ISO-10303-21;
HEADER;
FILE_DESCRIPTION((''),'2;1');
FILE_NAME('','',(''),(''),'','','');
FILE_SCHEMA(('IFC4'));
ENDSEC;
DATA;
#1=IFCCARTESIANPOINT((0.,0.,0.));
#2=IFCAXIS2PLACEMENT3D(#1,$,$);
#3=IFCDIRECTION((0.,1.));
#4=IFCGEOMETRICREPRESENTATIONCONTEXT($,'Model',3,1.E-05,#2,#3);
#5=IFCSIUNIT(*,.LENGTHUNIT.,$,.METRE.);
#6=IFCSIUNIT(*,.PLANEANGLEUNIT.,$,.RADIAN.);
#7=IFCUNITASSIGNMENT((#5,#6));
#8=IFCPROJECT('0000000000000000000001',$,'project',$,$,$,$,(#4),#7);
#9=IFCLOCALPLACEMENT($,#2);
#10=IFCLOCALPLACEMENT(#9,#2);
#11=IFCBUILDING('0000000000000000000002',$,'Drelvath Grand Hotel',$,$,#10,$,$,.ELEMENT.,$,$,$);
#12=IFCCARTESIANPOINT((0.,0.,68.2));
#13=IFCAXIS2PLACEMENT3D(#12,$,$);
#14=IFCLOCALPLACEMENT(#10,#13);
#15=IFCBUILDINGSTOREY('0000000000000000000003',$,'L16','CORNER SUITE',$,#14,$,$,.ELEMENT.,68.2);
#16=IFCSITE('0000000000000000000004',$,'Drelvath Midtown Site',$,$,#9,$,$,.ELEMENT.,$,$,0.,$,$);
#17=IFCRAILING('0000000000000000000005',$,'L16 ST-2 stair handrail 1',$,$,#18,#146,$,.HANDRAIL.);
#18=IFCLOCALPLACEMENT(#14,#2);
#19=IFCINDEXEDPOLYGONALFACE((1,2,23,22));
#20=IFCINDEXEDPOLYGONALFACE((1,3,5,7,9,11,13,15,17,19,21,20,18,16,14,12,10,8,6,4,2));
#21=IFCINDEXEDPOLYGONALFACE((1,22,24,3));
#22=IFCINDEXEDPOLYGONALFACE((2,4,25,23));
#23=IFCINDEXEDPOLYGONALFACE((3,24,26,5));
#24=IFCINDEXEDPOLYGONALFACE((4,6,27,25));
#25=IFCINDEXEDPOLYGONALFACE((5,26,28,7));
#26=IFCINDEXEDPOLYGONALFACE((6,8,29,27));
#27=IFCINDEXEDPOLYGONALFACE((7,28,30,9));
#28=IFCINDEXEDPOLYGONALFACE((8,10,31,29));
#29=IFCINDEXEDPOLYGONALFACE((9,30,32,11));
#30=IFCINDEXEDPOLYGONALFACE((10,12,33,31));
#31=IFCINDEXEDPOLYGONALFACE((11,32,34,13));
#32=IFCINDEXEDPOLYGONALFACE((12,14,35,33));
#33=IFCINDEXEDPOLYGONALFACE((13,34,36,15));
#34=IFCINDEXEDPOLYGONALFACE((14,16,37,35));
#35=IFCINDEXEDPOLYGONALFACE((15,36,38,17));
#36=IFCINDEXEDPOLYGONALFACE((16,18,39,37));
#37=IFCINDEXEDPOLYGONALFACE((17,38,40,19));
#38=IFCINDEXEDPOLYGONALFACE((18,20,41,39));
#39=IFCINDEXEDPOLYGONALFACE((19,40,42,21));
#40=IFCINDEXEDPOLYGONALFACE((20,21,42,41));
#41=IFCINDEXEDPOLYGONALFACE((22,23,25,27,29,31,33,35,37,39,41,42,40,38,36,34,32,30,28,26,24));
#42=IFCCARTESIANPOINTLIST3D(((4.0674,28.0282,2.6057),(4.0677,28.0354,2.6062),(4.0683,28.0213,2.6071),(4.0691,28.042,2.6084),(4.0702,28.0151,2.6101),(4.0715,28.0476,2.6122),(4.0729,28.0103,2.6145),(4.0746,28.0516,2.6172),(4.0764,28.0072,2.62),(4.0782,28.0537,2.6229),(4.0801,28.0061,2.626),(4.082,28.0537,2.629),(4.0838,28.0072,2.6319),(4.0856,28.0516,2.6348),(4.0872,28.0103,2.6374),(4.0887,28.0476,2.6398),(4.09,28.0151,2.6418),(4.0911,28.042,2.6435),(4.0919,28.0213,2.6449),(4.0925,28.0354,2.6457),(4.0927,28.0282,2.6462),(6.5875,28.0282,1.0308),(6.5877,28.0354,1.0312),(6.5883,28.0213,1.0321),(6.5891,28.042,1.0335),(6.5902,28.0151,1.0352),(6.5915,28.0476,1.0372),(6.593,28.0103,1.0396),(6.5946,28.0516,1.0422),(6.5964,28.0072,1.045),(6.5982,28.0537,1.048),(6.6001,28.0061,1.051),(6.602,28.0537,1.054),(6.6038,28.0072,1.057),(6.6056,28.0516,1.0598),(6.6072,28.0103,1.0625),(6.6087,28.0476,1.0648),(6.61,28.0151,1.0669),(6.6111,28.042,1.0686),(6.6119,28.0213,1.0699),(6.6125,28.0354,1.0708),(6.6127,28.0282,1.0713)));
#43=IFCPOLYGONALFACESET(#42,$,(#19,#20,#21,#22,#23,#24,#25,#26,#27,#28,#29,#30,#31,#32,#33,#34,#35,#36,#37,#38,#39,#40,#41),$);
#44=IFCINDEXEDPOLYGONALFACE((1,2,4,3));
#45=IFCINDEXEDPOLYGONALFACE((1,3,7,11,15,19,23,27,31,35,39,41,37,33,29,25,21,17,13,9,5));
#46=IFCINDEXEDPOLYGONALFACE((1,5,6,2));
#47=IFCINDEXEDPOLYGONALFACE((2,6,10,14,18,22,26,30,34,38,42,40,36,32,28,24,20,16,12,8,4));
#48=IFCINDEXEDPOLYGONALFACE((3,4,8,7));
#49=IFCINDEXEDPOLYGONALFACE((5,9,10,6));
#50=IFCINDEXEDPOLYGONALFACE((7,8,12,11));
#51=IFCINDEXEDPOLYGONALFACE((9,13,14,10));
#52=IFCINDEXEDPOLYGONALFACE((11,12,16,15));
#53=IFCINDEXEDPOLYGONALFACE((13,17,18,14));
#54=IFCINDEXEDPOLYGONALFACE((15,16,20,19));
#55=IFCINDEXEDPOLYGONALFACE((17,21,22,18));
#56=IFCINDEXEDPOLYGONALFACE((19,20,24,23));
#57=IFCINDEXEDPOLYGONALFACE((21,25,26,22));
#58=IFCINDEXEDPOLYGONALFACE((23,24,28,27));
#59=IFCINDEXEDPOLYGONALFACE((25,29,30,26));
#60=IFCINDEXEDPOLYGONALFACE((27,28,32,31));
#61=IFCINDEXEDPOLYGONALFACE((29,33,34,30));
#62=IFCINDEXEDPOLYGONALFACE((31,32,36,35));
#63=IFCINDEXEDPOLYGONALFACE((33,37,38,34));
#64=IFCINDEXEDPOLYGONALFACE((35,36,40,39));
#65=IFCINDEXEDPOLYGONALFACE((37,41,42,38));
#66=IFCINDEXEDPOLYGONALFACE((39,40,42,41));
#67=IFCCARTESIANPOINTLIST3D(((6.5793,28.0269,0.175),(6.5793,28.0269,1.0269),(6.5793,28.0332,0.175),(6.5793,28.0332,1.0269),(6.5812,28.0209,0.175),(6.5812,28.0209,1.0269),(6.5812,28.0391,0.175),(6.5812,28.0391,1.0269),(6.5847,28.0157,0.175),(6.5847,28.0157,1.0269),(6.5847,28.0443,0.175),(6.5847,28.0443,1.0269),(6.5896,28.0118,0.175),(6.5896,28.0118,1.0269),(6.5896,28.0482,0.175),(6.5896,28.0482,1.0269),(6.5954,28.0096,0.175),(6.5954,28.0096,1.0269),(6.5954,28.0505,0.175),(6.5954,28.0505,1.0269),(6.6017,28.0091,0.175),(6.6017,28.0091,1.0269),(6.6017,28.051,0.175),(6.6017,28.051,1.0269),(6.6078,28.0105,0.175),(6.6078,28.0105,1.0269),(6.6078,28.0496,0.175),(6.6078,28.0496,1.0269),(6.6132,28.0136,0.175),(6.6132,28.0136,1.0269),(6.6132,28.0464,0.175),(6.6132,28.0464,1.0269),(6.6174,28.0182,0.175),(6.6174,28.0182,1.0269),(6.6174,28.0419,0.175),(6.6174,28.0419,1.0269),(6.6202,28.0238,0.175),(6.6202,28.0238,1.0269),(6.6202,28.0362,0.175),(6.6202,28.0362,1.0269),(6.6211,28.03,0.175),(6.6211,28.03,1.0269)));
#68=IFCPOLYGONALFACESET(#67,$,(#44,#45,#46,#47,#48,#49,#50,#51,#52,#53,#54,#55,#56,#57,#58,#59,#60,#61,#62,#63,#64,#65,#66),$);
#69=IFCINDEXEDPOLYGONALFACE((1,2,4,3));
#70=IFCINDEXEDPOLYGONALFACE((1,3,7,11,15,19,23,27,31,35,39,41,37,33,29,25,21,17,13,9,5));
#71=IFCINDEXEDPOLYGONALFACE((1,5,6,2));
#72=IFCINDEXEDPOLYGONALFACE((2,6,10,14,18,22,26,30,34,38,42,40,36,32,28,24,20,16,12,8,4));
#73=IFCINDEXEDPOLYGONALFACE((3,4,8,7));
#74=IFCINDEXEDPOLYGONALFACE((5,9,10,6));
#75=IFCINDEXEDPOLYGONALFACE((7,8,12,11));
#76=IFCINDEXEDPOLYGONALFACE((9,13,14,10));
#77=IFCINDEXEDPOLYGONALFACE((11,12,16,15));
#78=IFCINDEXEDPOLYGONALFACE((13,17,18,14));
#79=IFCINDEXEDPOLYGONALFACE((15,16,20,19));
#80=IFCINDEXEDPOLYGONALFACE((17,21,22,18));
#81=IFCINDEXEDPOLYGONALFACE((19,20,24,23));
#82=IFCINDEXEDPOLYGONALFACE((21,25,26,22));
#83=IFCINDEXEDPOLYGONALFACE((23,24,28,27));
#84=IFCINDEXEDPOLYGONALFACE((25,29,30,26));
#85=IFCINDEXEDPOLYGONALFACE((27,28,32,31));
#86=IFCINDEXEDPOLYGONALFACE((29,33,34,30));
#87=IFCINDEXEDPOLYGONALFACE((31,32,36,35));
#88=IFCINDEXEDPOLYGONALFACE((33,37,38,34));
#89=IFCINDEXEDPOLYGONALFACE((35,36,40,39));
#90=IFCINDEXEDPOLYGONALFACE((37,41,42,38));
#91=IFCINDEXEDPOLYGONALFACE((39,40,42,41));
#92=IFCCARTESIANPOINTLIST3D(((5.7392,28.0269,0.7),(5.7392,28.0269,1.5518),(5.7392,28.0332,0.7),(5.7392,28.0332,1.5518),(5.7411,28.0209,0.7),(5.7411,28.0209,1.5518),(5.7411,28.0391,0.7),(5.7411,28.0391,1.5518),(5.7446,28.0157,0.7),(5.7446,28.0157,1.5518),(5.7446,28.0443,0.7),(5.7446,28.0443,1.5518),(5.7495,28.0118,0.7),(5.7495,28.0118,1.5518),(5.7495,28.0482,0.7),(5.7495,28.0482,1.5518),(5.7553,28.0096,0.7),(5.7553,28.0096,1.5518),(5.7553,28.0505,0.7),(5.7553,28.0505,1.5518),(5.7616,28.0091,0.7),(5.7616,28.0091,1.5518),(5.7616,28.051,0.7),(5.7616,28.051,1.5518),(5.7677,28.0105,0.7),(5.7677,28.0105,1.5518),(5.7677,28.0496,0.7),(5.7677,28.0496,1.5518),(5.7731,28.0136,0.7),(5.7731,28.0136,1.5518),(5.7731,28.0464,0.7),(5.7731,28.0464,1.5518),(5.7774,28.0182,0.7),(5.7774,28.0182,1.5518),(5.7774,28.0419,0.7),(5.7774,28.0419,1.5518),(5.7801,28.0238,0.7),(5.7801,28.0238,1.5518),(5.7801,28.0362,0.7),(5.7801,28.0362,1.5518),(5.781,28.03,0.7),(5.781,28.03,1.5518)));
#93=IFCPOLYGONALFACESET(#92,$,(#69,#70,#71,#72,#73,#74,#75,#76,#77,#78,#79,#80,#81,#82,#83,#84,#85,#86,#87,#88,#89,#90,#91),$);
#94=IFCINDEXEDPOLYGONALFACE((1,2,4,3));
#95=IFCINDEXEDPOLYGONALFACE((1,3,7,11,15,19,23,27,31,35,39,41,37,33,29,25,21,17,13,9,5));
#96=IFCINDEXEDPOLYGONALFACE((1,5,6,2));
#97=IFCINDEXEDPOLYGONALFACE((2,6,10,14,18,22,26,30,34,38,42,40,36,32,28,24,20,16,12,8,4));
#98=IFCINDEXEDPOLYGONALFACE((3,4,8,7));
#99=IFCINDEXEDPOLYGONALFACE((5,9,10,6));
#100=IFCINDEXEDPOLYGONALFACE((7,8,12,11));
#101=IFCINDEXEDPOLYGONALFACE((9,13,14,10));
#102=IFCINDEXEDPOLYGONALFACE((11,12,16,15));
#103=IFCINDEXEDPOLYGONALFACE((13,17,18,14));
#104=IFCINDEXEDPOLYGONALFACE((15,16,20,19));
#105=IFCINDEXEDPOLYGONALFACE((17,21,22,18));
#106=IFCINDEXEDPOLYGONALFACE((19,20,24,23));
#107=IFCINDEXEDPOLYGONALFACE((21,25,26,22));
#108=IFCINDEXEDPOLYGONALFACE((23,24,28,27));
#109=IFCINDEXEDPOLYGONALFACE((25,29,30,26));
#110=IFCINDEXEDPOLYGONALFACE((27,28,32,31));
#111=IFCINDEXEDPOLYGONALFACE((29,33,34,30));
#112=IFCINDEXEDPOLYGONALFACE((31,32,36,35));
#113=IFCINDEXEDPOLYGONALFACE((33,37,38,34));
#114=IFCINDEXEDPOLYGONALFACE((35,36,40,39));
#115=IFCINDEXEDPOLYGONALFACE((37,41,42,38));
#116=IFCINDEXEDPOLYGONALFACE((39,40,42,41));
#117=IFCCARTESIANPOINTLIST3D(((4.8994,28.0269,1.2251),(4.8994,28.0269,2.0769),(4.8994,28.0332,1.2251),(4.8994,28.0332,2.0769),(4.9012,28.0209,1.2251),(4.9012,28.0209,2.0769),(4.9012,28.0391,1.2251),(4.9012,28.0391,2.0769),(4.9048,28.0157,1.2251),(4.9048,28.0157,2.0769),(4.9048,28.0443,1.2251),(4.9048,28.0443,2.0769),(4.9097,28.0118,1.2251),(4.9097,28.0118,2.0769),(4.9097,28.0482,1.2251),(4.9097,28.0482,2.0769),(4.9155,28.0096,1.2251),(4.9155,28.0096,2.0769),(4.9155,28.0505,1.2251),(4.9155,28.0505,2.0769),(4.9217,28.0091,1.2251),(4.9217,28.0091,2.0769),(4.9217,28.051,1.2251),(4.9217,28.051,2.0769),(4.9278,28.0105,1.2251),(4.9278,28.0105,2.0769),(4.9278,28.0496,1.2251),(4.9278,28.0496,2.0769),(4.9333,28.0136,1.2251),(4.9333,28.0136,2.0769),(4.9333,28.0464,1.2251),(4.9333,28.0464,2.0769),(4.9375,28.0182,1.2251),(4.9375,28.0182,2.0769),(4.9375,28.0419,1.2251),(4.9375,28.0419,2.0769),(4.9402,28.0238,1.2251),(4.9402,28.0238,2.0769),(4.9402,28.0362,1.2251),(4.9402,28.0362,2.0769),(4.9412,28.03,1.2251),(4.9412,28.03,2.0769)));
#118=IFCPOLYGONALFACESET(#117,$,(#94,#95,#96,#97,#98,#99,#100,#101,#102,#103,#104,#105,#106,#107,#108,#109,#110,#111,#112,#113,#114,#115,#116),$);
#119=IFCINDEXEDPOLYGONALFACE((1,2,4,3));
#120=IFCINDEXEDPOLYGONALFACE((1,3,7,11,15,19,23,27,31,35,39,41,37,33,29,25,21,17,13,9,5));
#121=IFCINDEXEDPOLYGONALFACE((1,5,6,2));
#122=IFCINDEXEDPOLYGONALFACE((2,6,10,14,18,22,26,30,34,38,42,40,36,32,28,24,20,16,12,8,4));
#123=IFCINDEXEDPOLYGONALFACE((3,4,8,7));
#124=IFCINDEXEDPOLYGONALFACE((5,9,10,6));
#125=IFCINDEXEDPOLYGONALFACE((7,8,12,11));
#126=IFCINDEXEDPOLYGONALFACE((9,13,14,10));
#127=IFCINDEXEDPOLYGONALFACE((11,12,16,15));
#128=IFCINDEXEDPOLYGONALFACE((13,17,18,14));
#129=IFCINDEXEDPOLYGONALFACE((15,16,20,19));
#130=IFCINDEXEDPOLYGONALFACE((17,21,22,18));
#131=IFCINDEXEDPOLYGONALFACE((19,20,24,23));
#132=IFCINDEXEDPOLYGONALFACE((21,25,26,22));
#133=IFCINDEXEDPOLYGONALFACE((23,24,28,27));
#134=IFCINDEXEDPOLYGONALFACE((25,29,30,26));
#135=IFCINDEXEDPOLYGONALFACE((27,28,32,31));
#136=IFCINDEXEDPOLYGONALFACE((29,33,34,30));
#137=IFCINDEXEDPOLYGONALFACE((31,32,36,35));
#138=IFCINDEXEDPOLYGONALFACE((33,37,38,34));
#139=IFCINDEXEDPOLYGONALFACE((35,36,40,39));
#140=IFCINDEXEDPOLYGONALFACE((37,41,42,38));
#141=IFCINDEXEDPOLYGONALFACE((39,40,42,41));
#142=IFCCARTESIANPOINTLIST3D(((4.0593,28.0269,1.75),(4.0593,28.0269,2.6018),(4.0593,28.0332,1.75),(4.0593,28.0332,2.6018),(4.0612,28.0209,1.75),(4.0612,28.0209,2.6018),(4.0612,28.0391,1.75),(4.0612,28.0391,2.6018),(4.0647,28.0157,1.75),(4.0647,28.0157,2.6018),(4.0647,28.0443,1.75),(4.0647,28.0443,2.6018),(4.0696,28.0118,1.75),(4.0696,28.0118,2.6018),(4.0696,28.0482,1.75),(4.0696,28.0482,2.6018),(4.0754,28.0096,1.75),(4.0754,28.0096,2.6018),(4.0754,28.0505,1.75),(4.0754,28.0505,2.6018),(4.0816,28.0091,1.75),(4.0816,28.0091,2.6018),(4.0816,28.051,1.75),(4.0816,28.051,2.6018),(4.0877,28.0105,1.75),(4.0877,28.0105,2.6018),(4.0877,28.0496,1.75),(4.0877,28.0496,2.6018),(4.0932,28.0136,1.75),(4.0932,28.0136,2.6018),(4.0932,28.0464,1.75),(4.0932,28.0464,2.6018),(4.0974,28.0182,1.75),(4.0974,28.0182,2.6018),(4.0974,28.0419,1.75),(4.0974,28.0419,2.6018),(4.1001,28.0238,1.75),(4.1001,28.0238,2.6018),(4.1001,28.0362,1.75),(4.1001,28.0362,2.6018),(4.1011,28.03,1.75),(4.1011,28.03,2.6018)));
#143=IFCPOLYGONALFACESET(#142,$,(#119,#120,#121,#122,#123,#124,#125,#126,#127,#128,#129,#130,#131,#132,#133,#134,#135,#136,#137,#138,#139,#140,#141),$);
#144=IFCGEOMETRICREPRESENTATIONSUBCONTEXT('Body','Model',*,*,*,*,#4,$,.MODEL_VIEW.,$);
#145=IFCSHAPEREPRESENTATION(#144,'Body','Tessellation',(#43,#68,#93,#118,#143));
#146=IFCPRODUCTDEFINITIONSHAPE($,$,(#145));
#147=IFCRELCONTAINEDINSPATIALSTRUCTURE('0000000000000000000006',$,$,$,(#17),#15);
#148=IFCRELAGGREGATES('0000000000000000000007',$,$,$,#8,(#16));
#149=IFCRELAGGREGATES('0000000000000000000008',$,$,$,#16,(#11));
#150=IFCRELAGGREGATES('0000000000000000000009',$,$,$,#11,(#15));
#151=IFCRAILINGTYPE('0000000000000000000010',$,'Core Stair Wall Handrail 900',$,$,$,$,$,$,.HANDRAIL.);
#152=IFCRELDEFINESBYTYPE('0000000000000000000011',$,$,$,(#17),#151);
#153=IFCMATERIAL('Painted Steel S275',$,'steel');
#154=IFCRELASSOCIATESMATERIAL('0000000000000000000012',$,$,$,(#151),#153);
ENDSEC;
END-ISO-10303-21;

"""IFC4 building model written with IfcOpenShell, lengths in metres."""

from ifc_helpers import new_model, si_unit, direction, frame, origin, origin_2d, place, context, subcontext, project, spatial, circle, extrude, material, type_object, element, save


model = new_model("IFC4")

# Units and contexts
model_context = context("Model", 3, precision=1e-05, world=origin(), true_north=direction((0.0, 1.0)))
body_context = subcontext(model_context, "Body", "Model", "MODEL_VIEW")
ifc_project = project(units=[si_unit("LENGTHUNIT", "METRE"), si_unit("PLANEANGLEUNIT", "RADIAN")], contexts=[model_context])

# Site, building, storey
site_placement = place(None, origin())
site = spatial("IfcSite", under=ifc_project, at=site_placement, Name="Drelvath Midtown Site", CompositionType="ELEMENT", RefElevation=0.0)
building_placement = place(site_placement, origin())
building = spatial("IfcBuilding", under=site, at=building_placement, Name="Drelvath Grand Hotel", CompositionType="ELEMENT")
storey_placement = place(building_placement, frame((0.0, 0.0, 68.2)))
storey = spatial("IfcBuildingStorey", under=building, at=storey_placement, Name="L16", Description="CORNER SUITE", CompositionType="ELEMENT", Elevation=68.2)

# Shared definitions
ifc_material_1 = material(Name="Painted Steel S275", Category="steel")

# Railing
railing_type_1 = type_object("IfcRailingType", Name="Core Stair Wall Handrail 900", PredefinedType="HANDRAIL", material=ifc_material_1)
railing_1_placement = place(storey_placement, frame((6.6001, 28.03, 0.175)))
element("IfcRailing", 1, at=railing_1_placement, inside=storey, type_object=railing_type_1, Name="L16 ST-2 stair handrail 1", PredefinedType="HANDRAIL", context=body_context, shape_type="SweptSolid", body=[
    extrude(circle(Radius=0.0239, at=origin_2d()), frame((0.0, 0.0, 0.876), z_axis=(-0.848008, 0.0, 0.529984), x_axis=(0.0, -1.0, 0.0)), (0.0, 0.0, 1.0), 2.9717),
    extrude(circle(Radius=0.021, at=origin_2d()), origin(), (0.0, 0.0, 1.0), 0.8518),
    extrude(circle(Radius=0.021, at=origin_2d()), frame((-0.8401, 0.0, 0.5249)), (0.0, 0.0, 1.0), 0.8518),
    extrude(circle(Radius=0.021, at=origin_2d()), frame((-1.6799, 0.0, 1.05)), (0.0, 0.0, 1.0), 0.8518),
    extrude(circle(Radius=0.021, at=origin_2d()), frame((-2.52, 0.0, 1.575)), (0.0, 0.0, 1.0), 0.8518),
])

save(model, "model.ifc")
